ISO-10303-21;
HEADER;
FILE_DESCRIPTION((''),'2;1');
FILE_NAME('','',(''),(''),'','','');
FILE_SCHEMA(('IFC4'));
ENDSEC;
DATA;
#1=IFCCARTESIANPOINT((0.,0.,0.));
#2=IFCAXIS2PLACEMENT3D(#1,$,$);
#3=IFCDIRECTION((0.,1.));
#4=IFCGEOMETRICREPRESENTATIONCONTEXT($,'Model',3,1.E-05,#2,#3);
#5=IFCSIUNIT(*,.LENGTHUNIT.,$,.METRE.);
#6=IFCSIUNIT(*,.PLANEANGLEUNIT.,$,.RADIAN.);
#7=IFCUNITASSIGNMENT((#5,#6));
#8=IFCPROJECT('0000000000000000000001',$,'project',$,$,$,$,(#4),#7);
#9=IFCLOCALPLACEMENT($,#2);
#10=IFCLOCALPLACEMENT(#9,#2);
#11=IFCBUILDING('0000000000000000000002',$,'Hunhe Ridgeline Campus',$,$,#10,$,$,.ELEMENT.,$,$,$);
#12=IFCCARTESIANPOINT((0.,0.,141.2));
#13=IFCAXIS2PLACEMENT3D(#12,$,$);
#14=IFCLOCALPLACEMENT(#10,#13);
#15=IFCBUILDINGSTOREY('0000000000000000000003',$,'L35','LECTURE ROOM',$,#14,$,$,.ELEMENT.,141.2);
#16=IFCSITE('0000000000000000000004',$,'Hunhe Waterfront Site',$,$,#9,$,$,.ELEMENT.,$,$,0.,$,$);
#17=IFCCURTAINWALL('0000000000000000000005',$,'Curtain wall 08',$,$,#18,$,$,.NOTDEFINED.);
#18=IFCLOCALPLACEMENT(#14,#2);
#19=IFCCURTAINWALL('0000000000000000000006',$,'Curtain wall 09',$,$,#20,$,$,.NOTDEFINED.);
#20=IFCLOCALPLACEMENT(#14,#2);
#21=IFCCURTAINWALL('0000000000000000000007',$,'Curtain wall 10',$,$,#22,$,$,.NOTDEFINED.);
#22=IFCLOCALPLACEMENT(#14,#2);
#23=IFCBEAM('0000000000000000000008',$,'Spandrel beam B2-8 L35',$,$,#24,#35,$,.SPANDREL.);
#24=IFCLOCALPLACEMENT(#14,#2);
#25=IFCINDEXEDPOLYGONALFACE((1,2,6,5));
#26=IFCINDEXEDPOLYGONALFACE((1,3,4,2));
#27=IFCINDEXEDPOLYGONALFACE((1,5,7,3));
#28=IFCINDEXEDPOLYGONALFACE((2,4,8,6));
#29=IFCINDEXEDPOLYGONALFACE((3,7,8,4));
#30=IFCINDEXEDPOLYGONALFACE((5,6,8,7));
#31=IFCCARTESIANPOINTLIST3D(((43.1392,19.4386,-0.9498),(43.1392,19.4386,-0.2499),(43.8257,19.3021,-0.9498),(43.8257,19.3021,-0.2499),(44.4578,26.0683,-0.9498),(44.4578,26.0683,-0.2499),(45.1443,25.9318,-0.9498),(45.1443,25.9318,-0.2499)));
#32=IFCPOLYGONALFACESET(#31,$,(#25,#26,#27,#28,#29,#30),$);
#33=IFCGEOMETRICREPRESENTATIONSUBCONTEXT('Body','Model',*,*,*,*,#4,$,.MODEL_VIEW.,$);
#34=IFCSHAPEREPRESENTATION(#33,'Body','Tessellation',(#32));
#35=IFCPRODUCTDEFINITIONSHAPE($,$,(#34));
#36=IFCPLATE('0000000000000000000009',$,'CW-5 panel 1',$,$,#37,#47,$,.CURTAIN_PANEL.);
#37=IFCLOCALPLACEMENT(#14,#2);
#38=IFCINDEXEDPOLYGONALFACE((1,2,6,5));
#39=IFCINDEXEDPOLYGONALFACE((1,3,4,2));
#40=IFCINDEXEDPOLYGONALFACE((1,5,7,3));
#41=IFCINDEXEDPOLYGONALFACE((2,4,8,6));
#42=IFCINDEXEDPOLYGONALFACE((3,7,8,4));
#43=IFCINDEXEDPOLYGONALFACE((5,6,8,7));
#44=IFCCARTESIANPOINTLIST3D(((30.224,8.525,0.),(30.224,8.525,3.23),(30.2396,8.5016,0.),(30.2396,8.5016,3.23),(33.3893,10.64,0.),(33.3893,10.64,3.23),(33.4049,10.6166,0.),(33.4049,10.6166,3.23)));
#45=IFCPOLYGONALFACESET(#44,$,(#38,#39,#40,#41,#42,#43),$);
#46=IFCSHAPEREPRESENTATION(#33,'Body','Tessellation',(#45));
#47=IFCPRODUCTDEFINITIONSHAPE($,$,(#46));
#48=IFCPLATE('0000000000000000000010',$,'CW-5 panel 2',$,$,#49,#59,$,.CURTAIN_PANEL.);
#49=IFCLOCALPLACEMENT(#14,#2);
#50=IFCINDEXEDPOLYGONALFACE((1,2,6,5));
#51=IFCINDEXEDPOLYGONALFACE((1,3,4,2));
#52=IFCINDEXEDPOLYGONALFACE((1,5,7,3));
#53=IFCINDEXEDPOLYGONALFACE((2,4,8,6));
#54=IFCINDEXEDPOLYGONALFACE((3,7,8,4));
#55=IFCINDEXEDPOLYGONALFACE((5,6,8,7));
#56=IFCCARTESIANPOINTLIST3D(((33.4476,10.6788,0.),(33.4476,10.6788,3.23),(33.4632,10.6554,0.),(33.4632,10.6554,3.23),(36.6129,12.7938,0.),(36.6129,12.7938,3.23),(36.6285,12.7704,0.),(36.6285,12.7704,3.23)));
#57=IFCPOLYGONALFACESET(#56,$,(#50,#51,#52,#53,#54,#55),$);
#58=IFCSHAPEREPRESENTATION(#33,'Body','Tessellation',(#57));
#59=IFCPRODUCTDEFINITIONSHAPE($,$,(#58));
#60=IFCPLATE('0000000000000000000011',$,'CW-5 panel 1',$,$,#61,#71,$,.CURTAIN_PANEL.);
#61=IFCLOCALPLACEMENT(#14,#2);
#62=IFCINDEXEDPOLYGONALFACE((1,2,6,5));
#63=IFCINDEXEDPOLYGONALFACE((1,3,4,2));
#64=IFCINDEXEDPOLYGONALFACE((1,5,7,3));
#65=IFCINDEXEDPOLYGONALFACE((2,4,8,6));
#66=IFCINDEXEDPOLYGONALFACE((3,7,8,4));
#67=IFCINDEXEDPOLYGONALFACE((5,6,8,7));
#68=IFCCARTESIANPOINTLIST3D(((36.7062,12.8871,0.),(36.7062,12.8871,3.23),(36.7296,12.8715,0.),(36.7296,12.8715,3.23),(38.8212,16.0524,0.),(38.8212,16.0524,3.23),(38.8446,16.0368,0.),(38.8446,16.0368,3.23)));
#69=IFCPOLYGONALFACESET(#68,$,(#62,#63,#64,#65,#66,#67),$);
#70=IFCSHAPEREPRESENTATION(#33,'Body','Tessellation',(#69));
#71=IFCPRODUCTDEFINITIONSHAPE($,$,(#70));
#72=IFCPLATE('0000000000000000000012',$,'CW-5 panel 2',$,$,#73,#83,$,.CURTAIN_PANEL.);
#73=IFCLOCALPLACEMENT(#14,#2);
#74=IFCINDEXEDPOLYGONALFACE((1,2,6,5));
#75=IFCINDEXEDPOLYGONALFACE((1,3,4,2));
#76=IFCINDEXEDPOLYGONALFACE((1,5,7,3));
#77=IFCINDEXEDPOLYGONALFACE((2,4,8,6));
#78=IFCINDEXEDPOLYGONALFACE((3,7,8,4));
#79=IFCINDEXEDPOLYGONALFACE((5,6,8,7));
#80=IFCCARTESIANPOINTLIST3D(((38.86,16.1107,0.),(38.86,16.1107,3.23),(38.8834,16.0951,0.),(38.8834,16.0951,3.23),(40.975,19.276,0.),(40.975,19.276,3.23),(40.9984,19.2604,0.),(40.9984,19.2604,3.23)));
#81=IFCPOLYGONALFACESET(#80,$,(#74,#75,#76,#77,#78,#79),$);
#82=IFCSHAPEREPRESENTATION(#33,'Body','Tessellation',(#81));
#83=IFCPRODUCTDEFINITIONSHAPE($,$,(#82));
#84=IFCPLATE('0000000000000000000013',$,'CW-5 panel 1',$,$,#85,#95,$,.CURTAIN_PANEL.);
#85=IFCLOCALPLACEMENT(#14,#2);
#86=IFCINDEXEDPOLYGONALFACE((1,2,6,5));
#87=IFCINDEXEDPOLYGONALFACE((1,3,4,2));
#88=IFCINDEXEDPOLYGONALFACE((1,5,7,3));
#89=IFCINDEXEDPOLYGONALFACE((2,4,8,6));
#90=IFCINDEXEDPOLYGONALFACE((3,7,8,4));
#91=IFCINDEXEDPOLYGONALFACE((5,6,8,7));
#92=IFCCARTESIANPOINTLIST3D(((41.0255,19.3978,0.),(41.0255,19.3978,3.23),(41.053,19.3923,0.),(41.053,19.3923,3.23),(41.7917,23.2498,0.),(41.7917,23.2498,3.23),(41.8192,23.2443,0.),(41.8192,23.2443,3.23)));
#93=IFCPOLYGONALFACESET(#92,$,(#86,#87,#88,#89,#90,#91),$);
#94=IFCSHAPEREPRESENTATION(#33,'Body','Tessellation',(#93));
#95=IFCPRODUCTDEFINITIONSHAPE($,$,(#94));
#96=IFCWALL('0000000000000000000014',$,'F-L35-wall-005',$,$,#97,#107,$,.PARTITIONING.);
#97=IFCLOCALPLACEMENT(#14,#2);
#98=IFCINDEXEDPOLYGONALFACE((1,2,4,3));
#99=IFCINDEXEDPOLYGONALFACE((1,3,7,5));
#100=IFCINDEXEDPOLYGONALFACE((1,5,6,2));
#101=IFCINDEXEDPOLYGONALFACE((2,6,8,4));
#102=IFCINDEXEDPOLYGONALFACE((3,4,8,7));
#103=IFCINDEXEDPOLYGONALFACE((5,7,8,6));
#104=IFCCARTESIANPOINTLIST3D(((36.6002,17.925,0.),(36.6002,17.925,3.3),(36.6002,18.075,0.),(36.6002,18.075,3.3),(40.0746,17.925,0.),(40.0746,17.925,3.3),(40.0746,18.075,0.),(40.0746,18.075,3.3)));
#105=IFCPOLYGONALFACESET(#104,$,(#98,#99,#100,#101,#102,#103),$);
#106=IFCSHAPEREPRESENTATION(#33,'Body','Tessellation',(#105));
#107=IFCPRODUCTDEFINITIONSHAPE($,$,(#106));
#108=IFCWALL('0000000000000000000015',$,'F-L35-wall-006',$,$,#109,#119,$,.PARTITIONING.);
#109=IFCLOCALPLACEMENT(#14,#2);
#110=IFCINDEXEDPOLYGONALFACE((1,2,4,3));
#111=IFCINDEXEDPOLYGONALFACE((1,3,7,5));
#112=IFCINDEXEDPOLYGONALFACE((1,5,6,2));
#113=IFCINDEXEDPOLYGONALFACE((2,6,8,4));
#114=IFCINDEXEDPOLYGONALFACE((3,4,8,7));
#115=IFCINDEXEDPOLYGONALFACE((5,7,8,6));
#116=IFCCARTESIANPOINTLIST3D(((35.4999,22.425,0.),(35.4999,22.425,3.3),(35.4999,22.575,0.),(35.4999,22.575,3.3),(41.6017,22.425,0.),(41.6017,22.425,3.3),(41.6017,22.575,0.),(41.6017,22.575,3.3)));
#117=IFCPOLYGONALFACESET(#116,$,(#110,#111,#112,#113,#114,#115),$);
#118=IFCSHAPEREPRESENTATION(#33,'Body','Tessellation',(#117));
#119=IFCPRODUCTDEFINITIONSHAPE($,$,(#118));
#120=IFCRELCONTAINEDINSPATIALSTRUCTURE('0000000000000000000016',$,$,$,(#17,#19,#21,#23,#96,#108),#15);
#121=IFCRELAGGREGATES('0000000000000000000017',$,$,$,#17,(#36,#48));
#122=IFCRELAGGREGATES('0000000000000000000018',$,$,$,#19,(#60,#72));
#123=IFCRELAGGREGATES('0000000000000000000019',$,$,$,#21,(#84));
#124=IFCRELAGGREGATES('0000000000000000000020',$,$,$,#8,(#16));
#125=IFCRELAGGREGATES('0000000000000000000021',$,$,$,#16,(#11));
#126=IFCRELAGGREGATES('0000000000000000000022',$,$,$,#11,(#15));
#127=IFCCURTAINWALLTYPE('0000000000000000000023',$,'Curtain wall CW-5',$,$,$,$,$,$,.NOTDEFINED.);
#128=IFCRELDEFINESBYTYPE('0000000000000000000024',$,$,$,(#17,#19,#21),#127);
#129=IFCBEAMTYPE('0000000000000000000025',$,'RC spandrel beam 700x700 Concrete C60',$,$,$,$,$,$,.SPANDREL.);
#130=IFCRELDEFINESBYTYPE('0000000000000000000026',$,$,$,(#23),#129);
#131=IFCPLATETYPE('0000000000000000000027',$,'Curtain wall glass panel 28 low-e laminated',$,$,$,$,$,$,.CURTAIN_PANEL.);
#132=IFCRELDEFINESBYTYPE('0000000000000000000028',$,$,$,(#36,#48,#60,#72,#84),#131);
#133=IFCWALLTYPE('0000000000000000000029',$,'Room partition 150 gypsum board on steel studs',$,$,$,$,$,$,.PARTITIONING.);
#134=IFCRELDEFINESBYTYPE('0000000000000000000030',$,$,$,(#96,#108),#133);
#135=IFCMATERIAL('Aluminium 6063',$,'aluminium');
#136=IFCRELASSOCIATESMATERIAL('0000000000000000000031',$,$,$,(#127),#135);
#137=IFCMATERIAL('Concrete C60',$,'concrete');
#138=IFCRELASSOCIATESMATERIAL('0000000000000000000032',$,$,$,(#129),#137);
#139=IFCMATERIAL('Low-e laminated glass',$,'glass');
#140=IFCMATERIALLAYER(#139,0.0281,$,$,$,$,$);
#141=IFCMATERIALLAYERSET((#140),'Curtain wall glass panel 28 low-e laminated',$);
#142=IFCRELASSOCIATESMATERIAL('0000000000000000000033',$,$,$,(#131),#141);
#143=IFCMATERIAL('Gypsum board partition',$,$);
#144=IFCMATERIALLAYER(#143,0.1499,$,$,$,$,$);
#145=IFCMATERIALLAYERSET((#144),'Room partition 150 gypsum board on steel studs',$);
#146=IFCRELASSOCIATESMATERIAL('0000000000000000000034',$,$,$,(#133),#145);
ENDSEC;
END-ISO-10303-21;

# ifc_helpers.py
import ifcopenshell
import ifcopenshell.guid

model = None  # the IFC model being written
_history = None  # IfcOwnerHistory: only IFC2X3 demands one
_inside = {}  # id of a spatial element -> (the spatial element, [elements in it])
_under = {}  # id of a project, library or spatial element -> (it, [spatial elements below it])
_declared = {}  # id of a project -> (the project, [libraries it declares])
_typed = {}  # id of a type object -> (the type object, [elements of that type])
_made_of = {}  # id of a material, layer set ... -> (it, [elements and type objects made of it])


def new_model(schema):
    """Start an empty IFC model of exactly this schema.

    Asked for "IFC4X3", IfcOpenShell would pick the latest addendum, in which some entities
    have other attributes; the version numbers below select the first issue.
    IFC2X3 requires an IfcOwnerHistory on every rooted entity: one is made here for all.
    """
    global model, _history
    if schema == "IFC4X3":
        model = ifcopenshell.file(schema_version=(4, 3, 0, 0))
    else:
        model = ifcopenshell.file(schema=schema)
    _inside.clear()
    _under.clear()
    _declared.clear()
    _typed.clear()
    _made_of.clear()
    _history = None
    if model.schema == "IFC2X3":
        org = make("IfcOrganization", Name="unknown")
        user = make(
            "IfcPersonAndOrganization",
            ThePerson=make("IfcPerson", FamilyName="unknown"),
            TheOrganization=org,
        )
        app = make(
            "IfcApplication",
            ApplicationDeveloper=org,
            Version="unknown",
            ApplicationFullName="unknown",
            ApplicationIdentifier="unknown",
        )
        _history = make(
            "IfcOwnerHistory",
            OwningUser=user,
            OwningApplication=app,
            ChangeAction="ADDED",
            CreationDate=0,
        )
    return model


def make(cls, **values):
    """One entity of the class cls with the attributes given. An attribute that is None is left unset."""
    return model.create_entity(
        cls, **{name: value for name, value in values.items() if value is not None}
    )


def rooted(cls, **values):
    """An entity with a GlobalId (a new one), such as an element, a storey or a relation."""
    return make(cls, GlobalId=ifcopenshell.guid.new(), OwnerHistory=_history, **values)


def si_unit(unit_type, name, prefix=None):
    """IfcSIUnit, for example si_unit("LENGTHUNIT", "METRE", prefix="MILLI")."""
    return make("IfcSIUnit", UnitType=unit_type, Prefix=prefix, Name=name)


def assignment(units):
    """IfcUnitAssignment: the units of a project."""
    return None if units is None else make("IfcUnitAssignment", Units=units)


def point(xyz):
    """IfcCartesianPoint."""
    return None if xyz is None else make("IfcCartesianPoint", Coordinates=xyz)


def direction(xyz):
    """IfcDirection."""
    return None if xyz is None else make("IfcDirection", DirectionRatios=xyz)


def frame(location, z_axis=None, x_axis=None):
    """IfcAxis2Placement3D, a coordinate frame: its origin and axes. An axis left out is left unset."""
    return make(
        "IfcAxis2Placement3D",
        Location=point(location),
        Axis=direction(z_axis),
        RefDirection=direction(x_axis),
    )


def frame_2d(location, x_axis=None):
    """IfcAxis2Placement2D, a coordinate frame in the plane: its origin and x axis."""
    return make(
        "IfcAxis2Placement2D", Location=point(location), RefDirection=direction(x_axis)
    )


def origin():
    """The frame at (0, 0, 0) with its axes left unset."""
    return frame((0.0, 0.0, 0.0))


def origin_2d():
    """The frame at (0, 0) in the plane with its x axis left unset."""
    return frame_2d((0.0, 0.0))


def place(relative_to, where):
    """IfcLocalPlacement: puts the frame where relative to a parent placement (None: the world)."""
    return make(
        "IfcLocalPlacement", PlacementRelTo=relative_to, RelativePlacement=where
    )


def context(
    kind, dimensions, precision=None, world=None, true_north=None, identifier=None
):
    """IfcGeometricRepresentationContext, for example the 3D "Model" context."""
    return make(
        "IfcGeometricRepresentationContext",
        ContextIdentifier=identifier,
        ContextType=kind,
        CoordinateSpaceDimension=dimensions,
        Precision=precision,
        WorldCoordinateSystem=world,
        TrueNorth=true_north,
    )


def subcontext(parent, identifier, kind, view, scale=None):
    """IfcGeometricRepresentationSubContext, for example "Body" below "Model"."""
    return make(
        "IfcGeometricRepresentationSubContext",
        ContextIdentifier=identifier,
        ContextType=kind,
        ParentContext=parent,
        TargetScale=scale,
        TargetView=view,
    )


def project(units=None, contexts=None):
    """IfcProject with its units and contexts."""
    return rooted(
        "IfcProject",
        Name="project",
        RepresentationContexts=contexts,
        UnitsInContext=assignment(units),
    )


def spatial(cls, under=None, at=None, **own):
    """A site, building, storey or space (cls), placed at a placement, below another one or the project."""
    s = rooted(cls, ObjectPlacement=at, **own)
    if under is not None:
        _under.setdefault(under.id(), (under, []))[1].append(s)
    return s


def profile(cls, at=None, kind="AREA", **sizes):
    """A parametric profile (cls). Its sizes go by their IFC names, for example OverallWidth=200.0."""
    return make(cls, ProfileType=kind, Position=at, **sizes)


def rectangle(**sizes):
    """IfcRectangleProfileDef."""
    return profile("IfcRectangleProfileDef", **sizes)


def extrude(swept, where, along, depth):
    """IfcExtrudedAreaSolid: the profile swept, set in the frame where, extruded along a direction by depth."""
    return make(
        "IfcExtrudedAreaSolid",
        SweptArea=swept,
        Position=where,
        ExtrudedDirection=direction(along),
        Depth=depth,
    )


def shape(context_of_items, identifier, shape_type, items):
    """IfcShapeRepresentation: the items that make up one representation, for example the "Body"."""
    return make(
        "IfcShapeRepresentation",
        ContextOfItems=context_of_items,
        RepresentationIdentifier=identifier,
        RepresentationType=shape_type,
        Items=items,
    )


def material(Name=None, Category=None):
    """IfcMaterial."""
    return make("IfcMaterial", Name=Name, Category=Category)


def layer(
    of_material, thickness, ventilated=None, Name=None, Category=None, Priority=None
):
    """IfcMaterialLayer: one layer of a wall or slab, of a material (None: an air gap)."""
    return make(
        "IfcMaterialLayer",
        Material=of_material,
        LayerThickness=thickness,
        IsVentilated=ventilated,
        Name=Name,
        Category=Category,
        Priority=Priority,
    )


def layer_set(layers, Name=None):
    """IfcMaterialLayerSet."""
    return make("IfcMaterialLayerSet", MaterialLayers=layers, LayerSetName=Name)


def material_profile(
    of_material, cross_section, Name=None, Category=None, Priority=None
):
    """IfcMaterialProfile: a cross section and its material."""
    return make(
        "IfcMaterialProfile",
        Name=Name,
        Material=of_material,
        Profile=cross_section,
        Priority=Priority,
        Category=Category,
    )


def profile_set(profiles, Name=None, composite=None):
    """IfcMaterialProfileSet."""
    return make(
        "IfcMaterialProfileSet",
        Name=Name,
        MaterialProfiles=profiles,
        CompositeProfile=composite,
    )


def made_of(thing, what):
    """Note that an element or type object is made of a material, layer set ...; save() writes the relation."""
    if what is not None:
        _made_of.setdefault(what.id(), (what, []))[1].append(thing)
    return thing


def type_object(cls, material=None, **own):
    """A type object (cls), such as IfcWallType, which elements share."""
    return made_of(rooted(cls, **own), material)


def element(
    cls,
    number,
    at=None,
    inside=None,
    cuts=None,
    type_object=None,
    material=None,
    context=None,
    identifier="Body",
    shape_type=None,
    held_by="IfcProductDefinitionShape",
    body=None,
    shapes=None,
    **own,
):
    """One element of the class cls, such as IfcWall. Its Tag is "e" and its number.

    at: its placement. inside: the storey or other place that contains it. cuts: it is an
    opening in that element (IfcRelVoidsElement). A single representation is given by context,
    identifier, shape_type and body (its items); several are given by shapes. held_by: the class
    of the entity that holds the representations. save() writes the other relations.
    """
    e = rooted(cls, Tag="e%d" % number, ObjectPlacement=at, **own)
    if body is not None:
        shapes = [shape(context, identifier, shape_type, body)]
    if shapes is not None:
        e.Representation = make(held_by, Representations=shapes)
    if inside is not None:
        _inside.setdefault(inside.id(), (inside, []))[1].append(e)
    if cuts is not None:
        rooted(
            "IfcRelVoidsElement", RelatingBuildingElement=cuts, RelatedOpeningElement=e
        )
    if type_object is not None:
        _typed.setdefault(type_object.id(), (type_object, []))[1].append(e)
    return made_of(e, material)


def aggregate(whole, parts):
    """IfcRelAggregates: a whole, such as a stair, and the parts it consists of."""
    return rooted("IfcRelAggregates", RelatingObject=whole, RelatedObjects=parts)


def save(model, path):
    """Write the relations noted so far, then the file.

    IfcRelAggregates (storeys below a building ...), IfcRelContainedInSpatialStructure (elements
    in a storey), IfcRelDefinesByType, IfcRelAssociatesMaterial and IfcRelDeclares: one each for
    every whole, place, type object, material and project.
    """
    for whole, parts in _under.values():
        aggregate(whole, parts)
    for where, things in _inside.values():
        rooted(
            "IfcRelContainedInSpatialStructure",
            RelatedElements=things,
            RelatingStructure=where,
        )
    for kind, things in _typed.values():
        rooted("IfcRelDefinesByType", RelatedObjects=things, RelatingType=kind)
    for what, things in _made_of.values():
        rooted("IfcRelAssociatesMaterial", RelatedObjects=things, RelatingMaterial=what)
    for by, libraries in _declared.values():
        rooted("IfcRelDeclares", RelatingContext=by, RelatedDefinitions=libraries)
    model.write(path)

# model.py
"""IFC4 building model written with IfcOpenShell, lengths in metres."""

from ifc_helpers import new_model, si_unit, direction, frame, frame_2d, origin, origin_2d, place, context, subcontext, project, spatial, rectangle, extrude, material, layer, layer_set, material_profile, profile_set, type_object, element, aggregate, save


model = new_model("IFC4")

# Units and contexts
model_context = context("Model", 3, precision=1e-05, world=origin(), true_north=direction((0.0, 1.0)))
body_context = subcontext(model_context, "Body", "Model", "MODEL_VIEW")
ifc_project = project(units=[si_unit("LENGTHUNIT", "METRE"), si_unit("PLANEANGLEUNIT", "RADIAN")], contexts=[model_context])

# Site, building, storey
site_placement = place(None, origin())
site = spatial("IfcSite", under=ifc_project, at=site_placement, Name="Hunhe Waterfront Site", CompositionType="ELEMENT", RefElevation=0.0)
building_placement = place(site_placement, origin())
building = spatial("IfcBuilding", under=site, at=building_placement, Name="Hunhe Ridgeline Campus", CompositionType="ELEMENT")
storey_placement = place(building_placement, frame((0.0, 0.0, 141.2)))
storey = spatial("IfcBuildingStorey", under=building, at=storey_placement, Name="L35", Description="LECTURE ROOM", CompositionType="ELEMENT", Elevation=141.2)

# Curtain walls
ifc_material_1 = material(Name="Aluminium 6063", Category="aluminium")
curtain_wall_type = type_object("IfcCurtainWallType", Name="Curtain wall CW-5", PredefinedType="NOTDEFINED", material=ifc_material_1)
curtain_wall_1_placement = place(storey_placement, origin())
curtain_wall_1 = element("IfcCurtainWall", 1, at=curtain_wall_1_placement, inside=storey, type_object=curtain_wall_type, Name="Curtain wall 08", PredefinedType="NOTDEFINED")
curtain_wall_2_placement = place(storey_placement, origin())
curtain_wall_2 = element("IfcCurtainWall", 2, at=curtain_wall_2_placement, inside=storey, type_object=curtain_wall_type, Name="Curtain wall 09", PredefinedType="NOTDEFINED")

# Curtain wall
curtain_wall_3_placement = place(storey_placement, origin())
curtain_wall_3 = element("IfcCurtainWall", 3, at=curtain_wall_3_placement, inside=storey, type_object=curtain_wall_type, Name="Curtain wall 10", PredefinedType="NOTDEFINED")

# Beam
ifc_material_2 = material(Name="Concrete C60", Category="concrete")
ifc_material_profile_1 = material_profile(ifc_material_2, rectangle(XDim=0.7, YDim=0.7, at=origin_2d()))
ifc_profile_set_1 = profile_set([ifc_material_profile_1], Name="Concrete C60")
beam_type = type_object("IfcBeamType", Name="RC spandrel beam 700x700 Concrete C60", PredefinedType="SPANDREL", material=ifc_profile_set_1)
beam_placement = place(storey_placement, frame((43.4824, 19.3704, -0.5999), z_axis=(0.195074, 0.980788, 0.0), x_axis=(-0.980788, 0.195074, 0.0)))
element("IfcBeam", 4, at=beam_placement, inside=storey, type_object=beam_type, Name="Spandrel beam B2-8 L35", PredefinedType="SPANDREL", context=body_context, shape_type="SweptSolid", body=[
    extrude(rectangle(XDim=0.7, YDim=0.7, at=origin_2d()), origin(), (0.0, 0.0, 1.0), 6.7595),
])

# Plates
ifc_material_3 = material(Name="Low-e laminated glass", Category="glass")
ifc_layer_1 = layer(ifc_material_3, 0.0281)
ifc_layer_set_1 = layer_set([ifc_layer_1], Name="Curtain wall glass panel 28 low-e laminated")
plate_type = type_object("IfcPlateType", Name="Curtain wall glass panel 28 low-e laminated", PredefinedType="CURTAIN_PANEL", material=ifc_layer_set_1)
plate_1_placement = place(storey_placement, frame((31.8145, 9.5708, 0.0), z_axis=(0.0, 0.0, 1.0), x_axis=(0.83147, 0.55557, 0.0)))
plate_1 = element("IfcPlate", 5, at=plate_1_placement, type_object=plate_type, Name="CW-5 panel 1", PredefinedType="CURTAIN_PANEL", context=body_context, shape_type="SweptSolid", body=[
    extrude(rectangle(XDim=3.8069, YDim=0.0281, at=origin_2d()), origin(), (0.0, 0.0, 1.0), 3.23),
])
plate_2_placement = place(storey_placement, frame((35.0381, 11.7246, 0.0), z_axis=(0.0, 0.0, 1.0), x_axis=(0.83147, 0.55557, 0.0)))
plate_2 = element("IfcPlate", 6, at=plate_2_placement, type_object=plate_type, Name="CW-5 panel 2", PredefinedType="CURTAIN_PANEL", context=body_context, shape_type="SweptSolid", body=[
    extrude(rectangle(XDim=3.8069, YDim=0.0281, at=origin_2d()), origin(), (0.0, 0.0, 1.0), 3.23),
])
aggregate(curtain_wall_1, [plate_1, plate_2])
plate_3_placement = place(storey_placement, frame((37.7754, 14.4619, 0.0), z_axis=(0.0, 0.0, 1.0), x_axis=(0.55557, 0.83147, 0.0)))
plate_3 = element("IfcPlate", 7, at=plate_3_placement, type_object=plate_type, Name="CW-5 panel 1", PredefinedType="CURTAIN_PANEL", context=body_context, shape_type="SweptSolid", body=[
    extrude(rectangle(XDim=3.8069, YDim=0.0281, at=origin_2d()), origin(), (0.0, 0.0, 1.0), 3.23),
])
plate_4_placement = place(storey_placement, frame((39.9292, 17.6855, 0.0), z_axis=(0.0, 0.0, 1.0), x_axis=(0.55557, 0.83147, 0.0)))
plate_4 = element("IfcPlate", 8, at=plate_4_placement, type_object=plate_type, Name="CW-5 panel 2", PredefinedType="CURTAIN_PANEL", context=body_context, shape_type="SweptSolid", body=[
    extrude(rectangle(XDim=3.8069, YDim=0.0281, at=origin_2d()), origin(), (0.0, 0.0, 1.0), 3.23),
])
aggregate(curtain_wall_2, [plate_3, plate_4])
plate_5_placement = place(storey_placement, frame((41.4224, 21.321, 0.0), z_axis=(0.0, 0.0, 1.0), x_axis=(0.19509, 0.980785, 0.0)))
plate_5 = element("IfcPlate", 9, at=plate_5_placement, type_object=plate_type, Name="CW-5 panel 1", PredefinedType="CURTAIN_PANEL", context=body_context, shape_type="SweptSolid", body=[
    extrude(rectangle(XDim=3.9275, YDim=0.0281, at=origin_2d()), origin(), (0.0, 0.0, 1.0), 3.23),
])
aggregate(curtain_wall_3, [plate_5])

# Shared definitions
ifc_material_4 = material(Name="Gypsum board partition")

# Walls
ifc_layer_2 = layer(ifc_material_4, 0.1499)
ifc_layer_set_2 = layer_set([ifc_layer_2], Name="Room partition 150 gypsum board on steel studs")
wall_type_1 = type_object("IfcWallType", Name="Room partition 150 gypsum board on steel studs", PredefinedType="PARTITIONING", material=ifc_layer_set_2)
wall_1_placement = place(storey_placement, frame((36.6001, 18.0, 0.0), z_axis=(0.0, 0.0, 1.0), x_axis=(1.0, 0.0, 0.0)))
element("IfcWall", 10, at=wall_1_placement, inside=storey, type_object=wall_type_1, Name="F-L35-wall-005", PredefinedType="PARTITIONING", context=body_context, shape_type="SweptSolid", body=[
    extrude(rectangle(XDim=3.4744, YDim=0.1499, at=frame_2d((1.7373, 0.0))), origin(), (0.0, 0.0, 1.0), 3.3),
])
wall_2_placement = place(storey_placement, frame((35.5, 22.5, 0.0), z_axis=(0.0, 0.0, 1.0), x_axis=(1.0, 0.0, 0.0)))
element("IfcWall", 11, at=wall_2_placement, inside=storey, type_object=wall_type_1, Name="F-L35-wall-006", PredefinedType="PARTITIONING", context=body_context, shape_type="SweptSolid", body=[
    extrude(rectangle(XDim=6.1018, YDim=0.1499, at=frame_2d((3.0508, 0.0))), origin(), (0.0, 0.0, 1.0), 3.3),
])

save(model, "model.ifc")
